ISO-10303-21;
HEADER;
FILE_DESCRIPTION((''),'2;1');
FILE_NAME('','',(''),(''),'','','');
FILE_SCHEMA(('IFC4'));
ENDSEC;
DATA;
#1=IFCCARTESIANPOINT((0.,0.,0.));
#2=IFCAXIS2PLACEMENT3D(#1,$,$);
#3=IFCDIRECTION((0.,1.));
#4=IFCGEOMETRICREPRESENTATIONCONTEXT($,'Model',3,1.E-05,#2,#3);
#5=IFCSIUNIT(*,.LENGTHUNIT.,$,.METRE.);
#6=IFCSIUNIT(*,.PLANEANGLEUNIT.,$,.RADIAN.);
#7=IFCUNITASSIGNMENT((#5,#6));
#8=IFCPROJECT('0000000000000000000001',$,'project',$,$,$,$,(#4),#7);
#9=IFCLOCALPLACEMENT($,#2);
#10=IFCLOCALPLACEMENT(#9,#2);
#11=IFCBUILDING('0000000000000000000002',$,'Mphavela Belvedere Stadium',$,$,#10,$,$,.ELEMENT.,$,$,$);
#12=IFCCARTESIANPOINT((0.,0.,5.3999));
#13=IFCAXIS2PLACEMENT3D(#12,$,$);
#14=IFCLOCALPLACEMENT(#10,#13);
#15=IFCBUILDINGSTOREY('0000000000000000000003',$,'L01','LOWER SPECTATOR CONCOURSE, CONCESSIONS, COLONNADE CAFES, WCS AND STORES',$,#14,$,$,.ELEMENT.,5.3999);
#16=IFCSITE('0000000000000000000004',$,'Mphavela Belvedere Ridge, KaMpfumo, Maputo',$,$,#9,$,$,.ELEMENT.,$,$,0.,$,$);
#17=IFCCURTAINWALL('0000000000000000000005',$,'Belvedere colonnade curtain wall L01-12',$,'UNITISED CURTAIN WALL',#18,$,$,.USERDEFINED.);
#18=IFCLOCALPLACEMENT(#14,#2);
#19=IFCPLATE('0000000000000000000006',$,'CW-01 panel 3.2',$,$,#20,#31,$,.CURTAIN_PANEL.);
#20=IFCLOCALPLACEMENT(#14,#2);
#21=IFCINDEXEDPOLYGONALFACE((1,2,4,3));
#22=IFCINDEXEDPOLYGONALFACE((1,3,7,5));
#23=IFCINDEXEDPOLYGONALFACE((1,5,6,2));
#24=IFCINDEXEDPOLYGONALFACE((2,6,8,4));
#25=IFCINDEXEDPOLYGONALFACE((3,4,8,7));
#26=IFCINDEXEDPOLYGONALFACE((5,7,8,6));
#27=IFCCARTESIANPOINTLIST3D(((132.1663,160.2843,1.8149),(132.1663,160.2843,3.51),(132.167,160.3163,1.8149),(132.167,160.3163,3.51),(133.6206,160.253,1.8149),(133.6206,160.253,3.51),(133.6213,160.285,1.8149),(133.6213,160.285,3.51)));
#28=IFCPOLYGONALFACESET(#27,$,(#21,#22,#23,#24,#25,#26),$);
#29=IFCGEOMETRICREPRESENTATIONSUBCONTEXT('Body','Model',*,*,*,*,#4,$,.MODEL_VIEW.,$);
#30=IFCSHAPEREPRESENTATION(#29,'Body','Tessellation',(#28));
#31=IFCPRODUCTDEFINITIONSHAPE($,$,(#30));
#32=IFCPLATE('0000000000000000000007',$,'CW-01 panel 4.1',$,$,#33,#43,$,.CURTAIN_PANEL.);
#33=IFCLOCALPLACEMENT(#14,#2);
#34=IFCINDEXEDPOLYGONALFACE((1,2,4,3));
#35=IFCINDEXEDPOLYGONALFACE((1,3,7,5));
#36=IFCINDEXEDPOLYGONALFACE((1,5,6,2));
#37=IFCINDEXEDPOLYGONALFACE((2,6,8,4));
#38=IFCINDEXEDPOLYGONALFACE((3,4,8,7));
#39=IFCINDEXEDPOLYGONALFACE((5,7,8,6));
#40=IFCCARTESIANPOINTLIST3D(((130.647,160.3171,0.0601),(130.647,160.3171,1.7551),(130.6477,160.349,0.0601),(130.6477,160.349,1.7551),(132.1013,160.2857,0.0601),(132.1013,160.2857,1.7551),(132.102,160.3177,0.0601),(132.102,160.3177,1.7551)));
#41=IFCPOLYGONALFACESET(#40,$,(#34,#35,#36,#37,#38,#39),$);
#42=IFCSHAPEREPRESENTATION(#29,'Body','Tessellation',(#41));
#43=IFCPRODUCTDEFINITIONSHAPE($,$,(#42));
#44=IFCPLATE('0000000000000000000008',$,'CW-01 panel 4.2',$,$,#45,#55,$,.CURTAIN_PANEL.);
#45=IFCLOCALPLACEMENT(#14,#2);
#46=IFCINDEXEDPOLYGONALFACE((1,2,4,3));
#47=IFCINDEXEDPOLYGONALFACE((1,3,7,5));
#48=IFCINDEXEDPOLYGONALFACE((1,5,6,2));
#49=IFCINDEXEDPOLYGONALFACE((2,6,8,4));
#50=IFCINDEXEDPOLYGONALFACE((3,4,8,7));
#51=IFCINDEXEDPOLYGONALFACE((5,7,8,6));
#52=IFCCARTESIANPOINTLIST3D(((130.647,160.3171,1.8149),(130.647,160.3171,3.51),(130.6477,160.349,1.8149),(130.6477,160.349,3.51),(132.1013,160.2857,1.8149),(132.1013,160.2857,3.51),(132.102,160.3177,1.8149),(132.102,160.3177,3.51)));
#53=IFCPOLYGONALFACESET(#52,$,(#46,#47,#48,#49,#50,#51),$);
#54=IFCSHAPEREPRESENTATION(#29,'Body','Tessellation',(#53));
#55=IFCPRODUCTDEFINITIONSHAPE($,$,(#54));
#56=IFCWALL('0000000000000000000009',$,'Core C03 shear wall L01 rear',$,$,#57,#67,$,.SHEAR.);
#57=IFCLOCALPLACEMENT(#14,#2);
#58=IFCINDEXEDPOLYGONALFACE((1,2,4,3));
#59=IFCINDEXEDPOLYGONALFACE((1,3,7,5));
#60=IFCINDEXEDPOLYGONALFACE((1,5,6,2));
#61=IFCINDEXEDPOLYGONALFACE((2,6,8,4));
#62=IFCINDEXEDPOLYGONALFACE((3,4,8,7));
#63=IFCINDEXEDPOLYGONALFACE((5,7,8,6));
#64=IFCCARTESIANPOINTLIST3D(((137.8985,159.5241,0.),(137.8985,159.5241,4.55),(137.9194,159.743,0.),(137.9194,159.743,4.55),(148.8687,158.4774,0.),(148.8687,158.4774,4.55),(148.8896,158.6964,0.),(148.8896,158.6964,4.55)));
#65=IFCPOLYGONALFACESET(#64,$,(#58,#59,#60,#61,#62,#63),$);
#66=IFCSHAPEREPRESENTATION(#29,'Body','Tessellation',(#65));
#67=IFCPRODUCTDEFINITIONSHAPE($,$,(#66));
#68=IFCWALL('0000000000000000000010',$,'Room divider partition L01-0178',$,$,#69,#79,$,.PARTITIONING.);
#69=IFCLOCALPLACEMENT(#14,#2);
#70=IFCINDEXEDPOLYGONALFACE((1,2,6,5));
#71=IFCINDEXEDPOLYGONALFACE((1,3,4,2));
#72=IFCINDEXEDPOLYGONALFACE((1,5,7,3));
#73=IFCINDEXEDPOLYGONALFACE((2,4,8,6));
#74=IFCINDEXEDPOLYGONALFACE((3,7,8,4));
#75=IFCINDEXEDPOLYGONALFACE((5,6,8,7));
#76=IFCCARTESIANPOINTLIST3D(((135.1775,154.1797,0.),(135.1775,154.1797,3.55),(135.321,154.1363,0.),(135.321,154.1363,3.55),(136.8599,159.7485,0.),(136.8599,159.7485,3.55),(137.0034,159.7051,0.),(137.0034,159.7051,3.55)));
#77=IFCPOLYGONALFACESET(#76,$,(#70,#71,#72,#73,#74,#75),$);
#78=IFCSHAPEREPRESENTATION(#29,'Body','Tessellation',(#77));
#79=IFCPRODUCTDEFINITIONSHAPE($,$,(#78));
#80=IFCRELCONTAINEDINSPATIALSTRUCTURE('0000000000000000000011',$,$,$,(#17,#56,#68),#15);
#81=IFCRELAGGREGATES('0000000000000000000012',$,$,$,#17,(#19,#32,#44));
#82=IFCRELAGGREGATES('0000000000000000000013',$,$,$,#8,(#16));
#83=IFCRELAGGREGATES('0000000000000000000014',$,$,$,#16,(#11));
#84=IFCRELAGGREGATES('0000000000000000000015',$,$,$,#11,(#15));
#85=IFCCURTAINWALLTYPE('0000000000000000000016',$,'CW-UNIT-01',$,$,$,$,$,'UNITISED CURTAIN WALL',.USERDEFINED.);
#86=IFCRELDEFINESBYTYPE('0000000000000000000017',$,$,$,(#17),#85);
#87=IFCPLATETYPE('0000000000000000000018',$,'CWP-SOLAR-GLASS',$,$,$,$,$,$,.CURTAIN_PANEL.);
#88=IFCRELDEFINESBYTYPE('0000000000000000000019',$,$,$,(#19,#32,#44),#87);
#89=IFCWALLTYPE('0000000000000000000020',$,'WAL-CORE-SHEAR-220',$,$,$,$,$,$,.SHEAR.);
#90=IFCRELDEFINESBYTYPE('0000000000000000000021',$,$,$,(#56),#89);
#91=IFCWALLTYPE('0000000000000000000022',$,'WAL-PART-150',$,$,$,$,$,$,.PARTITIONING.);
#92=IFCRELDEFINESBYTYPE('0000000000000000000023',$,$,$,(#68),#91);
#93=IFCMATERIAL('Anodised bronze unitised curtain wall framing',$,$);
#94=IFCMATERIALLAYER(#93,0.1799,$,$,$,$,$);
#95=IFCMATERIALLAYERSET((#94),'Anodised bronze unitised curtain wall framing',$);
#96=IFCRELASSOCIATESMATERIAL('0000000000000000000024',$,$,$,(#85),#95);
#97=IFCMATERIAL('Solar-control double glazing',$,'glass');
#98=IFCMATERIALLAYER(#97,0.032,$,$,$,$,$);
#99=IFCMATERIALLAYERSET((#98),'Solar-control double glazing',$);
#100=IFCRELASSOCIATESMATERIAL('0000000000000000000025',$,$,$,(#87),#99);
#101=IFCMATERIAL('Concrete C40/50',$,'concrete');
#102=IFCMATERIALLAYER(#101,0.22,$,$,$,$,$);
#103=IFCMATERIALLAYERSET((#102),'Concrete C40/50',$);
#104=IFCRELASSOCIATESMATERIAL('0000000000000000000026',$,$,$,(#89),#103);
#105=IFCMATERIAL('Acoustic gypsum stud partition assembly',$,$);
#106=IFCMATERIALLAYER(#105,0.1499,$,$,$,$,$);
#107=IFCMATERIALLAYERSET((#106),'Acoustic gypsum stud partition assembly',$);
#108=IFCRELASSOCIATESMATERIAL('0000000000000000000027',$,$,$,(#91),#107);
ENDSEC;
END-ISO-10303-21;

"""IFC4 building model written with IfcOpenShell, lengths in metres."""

from ifc_helpers import new_model, si_unit, direction, frame, frame_2d, origin, origin_2d, place, context, subcontext, project, spatial, rectangle, extrude, material, layer, layer_set, type_object, element, aggregate, save


model = new_model("IFC4")

# Units and contexts
model_context = context("Model", 3, precision=1e-05, world=origin(), true_north=direction((0.0, 1.0)))
body_context = subcontext(model_context, "Body", "Model", "MODEL_VIEW")
ifc_project = project(units=[si_unit("LENGTHUNIT", "METRE"), si_unit("PLANEANGLEUNIT", "RADIAN")], contexts=[model_context])

# Site, building, storey
site_placement = place(None, origin())
site = spatial("IfcSite", under=ifc_project, at=site_placement, Name="Mphavela Belvedere Ridge, KaMpfumo, Maputo", CompositionType="ELEMENT", RefElevation=0.0)
building_placement = place(site_placement, origin())
building = spatial("IfcBuilding", under=site, at=building_placement, Name="Mphavela Belvedere Stadium", CompositionType="ELEMENT")
storey_placement = place(building_placement, frame((0.0, 0.0, 5.3999)))
storey = spatial("IfcBuildingStorey", under=building, at=storey_placement, Name="L01", Description="LOWER SPECTATOR CONCOURSE, CONCESSIONS, COLONNADE CAFES, WCS AND STORES", CompositionType="ELEMENT", Elevation=5.3999)

# Curtain wall, plates
ifc_material_1 = material(Name="Anodised bronze unitised curtain wall framing")
ifc_layer_1 = layer(ifc_material_1, 0.1799)
ifc_layer_set_1 = layer_set([ifc_layer_1], Name="Anodised bronze unitised curtain wall framing")
curtain_wall_type_1 = type_object("IfcCurtainWallType", Name="CW-UNIT-01", ElementType="UNITISED CURTAIN WALL", PredefinedType="USERDEFINED", material=ifc_layer_set_1)
curtain_wall_1_placement = place(storey_placement, origin())
curtain_wall_1 = element("IfcCurtainWall", 1, at=curtain_wall_1_placement, inside=storey, type_object=curtain_wall_type_1, Name="Belvedere colonnade curtain wall L01-12", ObjectType="UNITISED CURTAIN WALL", PredefinedType="USERDEFINED")
ifc_material_2 = material(Name="Solar-control double glazing", Category="glass")
ifc_layer_2 = layer(ifc_material_2, 0.032)
ifc_layer_set_2 = layer_set([ifc_layer_2], Name="Solar-control double glazing")
plate_type = type_object("IfcPlateType", Name="CWP-SOLAR-GLASS", PredefinedType="CURTAIN_PANEL", material=ifc_layer_set_2)
plate_1_placement = place(storey_placement, frame((132.8938, 160.2847, 1.8149), z_axis=(0.0, 0.0, 1.0), x_axis=(-0.999768, 0.021529, 0.0)))
plate_1 = element("IfcPlate", 2, at=plate_1_placement, type_object=plate_type, Name="CW-01 panel 3.2", PredefinedType="CURTAIN_PANEL", context=body_context, shape_type="SweptSolid", body=[
    extrude(rectangle(XDim=1.4546, YDim=0.032, at=origin_2d()), origin(), (0.0, 0.0, 1.0), 1.6951),
])
plate_2_placement = place(storey_placement, frame((131.3745, 160.3174, 0.0601), z_axis=(0.0, 0.0, 1.0), x_axis=(-0.999768, 0.021529, 0.0)))
plate_2 = element("IfcPlate", 3, at=plate_2_placement, type_object=plate_type, Name="CW-01 panel 4.1", PredefinedType="CURTAIN_PANEL", context=body_context, shape_type="SweptSolid", body=[
    extrude(rectangle(XDim=1.4546, YDim=0.032, at=origin_2d()), origin(), (0.0, 0.0, 1.0), 1.6951),
])
plate_3_placement = place(storey_placement, frame((131.3745, 160.3174, 1.8149), z_axis=(0.0, 0.0, 1.0), x_axis=(-0.999768, 0.021529, 0.0)))
plate_3 = element("IfcPlate", 4, at=plate_3_placement, type_object=plate_type, Name="CW-01 panel 4.2", PredefinedType="CURTAIN_PANEL", context=body_context, shape_type="SweptSolid", body=[
    extrude(rectangle(XDim=1.4546, YDim=0.032, at=origin_2d()), origin(), (0.0, 0.0, 1.0), 1.6951),
])
aggregate(curtain_wall_1, [plate_1, plate_2, plate_3])

# Walls
ifc_material_3 = material(Name="Concrete C40/50", Category="concrete")
ifc_layer_3 = layer(ifc_material_3, 0.22)
ifc_layer_set_3 = layer_set([ifc_layer_3], Name="Concrete C40/50")
wall_type_1 = type_object("IfcWallType", Name="WAL-CORE-SHEAR-220", PredefinedType="SHEAR", material=ifc_layer_set_3)
wall_1_placement = place(storey_placement, frame((137.9089, 159.6335, 0.0), z_axis=(0.0, 0.0, 1.0), x_axis=(0.99548, -0.094975, 0.0)))
element("IfcWall", 5, at=wall_1_placement, inside=storey, type_object=wall_type_1, Name="Core C03 shear wall L01 rear", PredefinedType="SHEAR", context=body_context, shape_type="SweptSolid", body=[
    extrude(rectangle(XDim=11.02, YDim=0.22, at=frame_2d((5.51, 0.0))), origin(), (0.0, 0.0, 1.0), 4.55),
])
ifc_material_4 = material(Name="Acoustic gypsum stud partition assembly")
ifc_layer_4 = layer(ifc_material_4, 0.1499)
ifc_layer_set_4 = layer_set([ifc_layer_4], Name="Acoustic gypsum stud partition assembly")
wall_type_2 = type_object("IfcWallType", Name="WAL-PART-150", PredefinedType="PARTITIONING", material=ifc_layer_set_4)
wall_2_placement = place(storey_placement, frame((136.9316, 159.7268, 0.0), z_axis=(0.0, 0.0, 1.0), x_axis=(-0.289195, -0.95727, 0.0)))
element("IfcWall", 6, at=wall_2_placement, inside=storey, type_object=wall_type_2, Name="Room divider partition L01-0178", PredefinedType="PARTITIONING", context=body_context, shape_type="SweptSolid", body=[
    extrude(rectangle(XDim=5.8174, YDim=0.1499, at=frame_2d((2.9087, 0.0))), origin(), (0.0, 0.0, 1.0), 3.55),
])

save(model, "model.ifc")
